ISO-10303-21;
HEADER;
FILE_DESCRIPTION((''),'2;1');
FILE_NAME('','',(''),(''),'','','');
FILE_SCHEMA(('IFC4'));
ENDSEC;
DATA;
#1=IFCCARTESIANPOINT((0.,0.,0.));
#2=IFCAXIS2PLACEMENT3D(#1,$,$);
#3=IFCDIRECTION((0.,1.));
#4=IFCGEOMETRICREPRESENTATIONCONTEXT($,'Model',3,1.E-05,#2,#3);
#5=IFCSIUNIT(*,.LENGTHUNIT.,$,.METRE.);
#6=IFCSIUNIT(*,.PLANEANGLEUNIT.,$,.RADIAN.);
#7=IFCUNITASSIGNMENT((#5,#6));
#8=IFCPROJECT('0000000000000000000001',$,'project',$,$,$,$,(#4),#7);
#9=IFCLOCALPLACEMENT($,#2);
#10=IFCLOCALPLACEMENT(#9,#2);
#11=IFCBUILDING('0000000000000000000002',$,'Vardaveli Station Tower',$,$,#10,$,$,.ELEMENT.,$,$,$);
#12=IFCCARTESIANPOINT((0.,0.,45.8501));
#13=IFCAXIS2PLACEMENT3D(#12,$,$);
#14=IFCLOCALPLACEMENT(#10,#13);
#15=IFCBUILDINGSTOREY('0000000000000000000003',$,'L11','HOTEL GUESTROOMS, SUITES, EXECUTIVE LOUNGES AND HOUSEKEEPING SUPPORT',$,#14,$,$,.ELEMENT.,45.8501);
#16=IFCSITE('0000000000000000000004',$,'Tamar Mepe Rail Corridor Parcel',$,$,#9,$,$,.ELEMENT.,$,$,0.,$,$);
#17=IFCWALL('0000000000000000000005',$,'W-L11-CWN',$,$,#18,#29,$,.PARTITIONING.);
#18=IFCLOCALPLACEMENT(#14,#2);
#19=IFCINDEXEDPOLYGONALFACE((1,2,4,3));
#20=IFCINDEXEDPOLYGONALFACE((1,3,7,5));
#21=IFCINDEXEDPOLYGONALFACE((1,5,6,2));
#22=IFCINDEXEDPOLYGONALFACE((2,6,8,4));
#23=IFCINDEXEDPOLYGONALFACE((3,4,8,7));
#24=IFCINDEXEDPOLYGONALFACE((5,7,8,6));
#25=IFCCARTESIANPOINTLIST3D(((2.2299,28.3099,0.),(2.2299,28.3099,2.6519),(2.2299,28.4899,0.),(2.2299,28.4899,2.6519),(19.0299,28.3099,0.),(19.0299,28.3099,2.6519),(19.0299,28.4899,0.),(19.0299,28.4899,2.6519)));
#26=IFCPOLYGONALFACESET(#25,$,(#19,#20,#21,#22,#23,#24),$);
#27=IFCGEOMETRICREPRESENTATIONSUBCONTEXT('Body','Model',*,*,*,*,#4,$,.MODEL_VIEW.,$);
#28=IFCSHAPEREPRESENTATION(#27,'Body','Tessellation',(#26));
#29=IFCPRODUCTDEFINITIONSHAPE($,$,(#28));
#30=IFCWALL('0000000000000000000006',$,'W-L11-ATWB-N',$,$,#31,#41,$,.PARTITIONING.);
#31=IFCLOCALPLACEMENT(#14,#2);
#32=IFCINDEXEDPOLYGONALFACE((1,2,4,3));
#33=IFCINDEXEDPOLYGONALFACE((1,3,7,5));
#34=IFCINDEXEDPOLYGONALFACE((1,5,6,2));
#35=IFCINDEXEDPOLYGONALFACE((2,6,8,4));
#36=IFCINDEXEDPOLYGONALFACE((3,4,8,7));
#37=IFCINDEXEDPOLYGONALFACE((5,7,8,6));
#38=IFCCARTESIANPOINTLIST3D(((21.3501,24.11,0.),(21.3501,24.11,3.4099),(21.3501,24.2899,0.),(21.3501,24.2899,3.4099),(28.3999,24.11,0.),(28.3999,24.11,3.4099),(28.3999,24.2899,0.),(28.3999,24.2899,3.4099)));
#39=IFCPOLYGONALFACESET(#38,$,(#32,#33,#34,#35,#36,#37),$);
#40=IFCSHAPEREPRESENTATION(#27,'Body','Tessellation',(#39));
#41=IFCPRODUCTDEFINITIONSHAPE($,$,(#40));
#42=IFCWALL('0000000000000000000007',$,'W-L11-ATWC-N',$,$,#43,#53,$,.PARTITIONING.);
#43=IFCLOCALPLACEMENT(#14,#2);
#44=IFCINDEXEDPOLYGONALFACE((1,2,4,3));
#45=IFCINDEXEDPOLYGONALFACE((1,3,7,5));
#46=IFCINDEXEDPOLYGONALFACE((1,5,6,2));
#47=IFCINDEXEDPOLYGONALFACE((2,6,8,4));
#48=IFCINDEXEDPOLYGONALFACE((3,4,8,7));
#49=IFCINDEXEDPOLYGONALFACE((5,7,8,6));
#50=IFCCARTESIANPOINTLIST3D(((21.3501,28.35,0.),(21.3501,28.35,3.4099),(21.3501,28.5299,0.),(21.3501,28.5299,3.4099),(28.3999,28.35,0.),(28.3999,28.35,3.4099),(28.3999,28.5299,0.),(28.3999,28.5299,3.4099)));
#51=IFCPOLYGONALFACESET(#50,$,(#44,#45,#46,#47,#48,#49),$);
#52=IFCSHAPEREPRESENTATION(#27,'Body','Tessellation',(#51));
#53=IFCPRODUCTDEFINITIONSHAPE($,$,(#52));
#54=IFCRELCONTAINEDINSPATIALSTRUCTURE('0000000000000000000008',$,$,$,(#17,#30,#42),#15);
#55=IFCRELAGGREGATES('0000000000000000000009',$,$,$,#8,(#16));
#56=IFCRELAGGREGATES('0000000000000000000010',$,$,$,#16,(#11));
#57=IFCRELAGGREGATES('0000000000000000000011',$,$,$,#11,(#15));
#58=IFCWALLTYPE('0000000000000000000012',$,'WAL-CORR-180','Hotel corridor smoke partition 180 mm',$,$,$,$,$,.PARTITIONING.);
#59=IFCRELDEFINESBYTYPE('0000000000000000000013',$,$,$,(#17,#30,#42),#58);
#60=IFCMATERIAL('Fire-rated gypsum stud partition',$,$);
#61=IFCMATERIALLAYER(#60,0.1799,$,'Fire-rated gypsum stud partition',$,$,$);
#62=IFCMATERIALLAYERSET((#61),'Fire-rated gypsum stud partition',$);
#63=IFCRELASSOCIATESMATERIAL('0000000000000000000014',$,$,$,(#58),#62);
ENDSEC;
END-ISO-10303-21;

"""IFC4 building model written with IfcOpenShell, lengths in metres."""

from ifc_helpers import new_model, si_unit, direction, frame, frame_2d, origin, place, context, subcontext, project, spatial, rectangle, extrude, source, transform, mapped, material, layer, layer_set, type_object, element, save


model = new_model("IFC4")

# Units and contexts
model_context = context("Model", 3, precision=1e-05, world=origin(), true_north=direction((0.0, 1.0)))
body_context = subcontext(model_context, "Body", "Model", "MODEL_VIEW")
ifc_project = project(units=[si_unit("LENGTHUNIT", "METRE"), si_unit("PLANEANGLEUNIT", "RADIAN")], contexts=[model_context])

# Site, building, storey
site_placement = place(None, origin())
site = spatial("IfcSite", under=ifc_project, at=site_placement, Name="Tamar Mepe Rail Corridor Parcel", CompositionType="ELEMENT", RefElevation=0.0)
building_placement = place(site_placement, origin())
building = spatial("IfcBuilding", under=site, at=building_placement, Name="Vardaveli Station Tower", CompositionType="ELEMENT")
storey_placement = place(building_placement, frame((0.0, 0.0, 45.8501)))
storey = spatial("IfcBuildingStorey", under=building, at=storey_placement, Name="L11", Description="HOTEL GUESTROOMS, SUITES, EXECUTIVE LOUNGES AND HOUSEKEEPING SUPPORT", CompositionType="ELEMENT", Elevation=45.8501)

# Shared definitions
ifc_material_1 = material(Name="Fire-rated gypsum stud partition")
ifc_layer_1 = layer(ifc_material_1, 0.1799, Name="Fire-rated gypsum stud partition")
ifc_layer_set_1 = layer_set([ifc_layer_1], Name="Fire-rated gypsum stud partition")
wall_type = type_object("IfcWallType", Name="WAL-CORR-180", Description="Hotel corridor smoke partition 180 mm", PredefinedType="PARTITIONING", material=ifc_layer_set_1)

# Walls
shared_shape_1 = source(origin(), body_context, "Body", "SweptSolid", [
    extrude(rectangle(XDim=16.8, YDim=0.1799, at=frame_2d((8.3999, 0.0))), origin(), (0.0, 0.0, 1.0), 2.6519),
])
wall_1_placement = place(storey_placement, frame((2.23, 28.3999, 0.0), z_axis=(0.0, 0.0, 1.0), x_axis=(1.0, 0.0, 0.0)))
element("IfcWall", 1, at=wall_1_placement, inside=storey, type_object=wall_type, Name="W-L11-CWN", PredefinedType="PARTITIONING", context=body_context, shape_type="MappedRepresentation", body=[
    mapped(shared_shape_1, transform((0.0, 0.0, 0.0), scale=1.0)),
])
shared_shape_2 = source(origin(), body_context, "Body", "SweptSolid", [
    extrude(rectangle(XDim=7.0498, YDim=0.1799, at=frame_2d((3.5249, 0.0))), origin(), (0.0, 0.0, 1.0), 3.4099),
])
for number, where, z_axis, x_axis, name in (
    (2, (21.3501, 24.2, 0.0), (0.0, 0.0, 1.0), (1.0, 0.0, 0.0), "W-L11-ATWB-N"),
    (3, (21.3501, 28.4399, 0.0), (0.0, 0.0, 1.0), (1.0, 0.0, 0.0), "W-L11-ATWC-N"),
):
    element("IfcWall", number, at=place(storey_placement, frame(where, z_axis=z_axis, x_axis=x_axis)), inside=storey, type_object=wall_type, Name=name, PredefinedType="PARTITIONING", context=body_context, shape_type="MappedRepresentation", body=[
        mapped(shared_shape_2, transform((0.0, 0.0, 0.0), scale=1.0)),
    ])

save(model, "model.ifc")
